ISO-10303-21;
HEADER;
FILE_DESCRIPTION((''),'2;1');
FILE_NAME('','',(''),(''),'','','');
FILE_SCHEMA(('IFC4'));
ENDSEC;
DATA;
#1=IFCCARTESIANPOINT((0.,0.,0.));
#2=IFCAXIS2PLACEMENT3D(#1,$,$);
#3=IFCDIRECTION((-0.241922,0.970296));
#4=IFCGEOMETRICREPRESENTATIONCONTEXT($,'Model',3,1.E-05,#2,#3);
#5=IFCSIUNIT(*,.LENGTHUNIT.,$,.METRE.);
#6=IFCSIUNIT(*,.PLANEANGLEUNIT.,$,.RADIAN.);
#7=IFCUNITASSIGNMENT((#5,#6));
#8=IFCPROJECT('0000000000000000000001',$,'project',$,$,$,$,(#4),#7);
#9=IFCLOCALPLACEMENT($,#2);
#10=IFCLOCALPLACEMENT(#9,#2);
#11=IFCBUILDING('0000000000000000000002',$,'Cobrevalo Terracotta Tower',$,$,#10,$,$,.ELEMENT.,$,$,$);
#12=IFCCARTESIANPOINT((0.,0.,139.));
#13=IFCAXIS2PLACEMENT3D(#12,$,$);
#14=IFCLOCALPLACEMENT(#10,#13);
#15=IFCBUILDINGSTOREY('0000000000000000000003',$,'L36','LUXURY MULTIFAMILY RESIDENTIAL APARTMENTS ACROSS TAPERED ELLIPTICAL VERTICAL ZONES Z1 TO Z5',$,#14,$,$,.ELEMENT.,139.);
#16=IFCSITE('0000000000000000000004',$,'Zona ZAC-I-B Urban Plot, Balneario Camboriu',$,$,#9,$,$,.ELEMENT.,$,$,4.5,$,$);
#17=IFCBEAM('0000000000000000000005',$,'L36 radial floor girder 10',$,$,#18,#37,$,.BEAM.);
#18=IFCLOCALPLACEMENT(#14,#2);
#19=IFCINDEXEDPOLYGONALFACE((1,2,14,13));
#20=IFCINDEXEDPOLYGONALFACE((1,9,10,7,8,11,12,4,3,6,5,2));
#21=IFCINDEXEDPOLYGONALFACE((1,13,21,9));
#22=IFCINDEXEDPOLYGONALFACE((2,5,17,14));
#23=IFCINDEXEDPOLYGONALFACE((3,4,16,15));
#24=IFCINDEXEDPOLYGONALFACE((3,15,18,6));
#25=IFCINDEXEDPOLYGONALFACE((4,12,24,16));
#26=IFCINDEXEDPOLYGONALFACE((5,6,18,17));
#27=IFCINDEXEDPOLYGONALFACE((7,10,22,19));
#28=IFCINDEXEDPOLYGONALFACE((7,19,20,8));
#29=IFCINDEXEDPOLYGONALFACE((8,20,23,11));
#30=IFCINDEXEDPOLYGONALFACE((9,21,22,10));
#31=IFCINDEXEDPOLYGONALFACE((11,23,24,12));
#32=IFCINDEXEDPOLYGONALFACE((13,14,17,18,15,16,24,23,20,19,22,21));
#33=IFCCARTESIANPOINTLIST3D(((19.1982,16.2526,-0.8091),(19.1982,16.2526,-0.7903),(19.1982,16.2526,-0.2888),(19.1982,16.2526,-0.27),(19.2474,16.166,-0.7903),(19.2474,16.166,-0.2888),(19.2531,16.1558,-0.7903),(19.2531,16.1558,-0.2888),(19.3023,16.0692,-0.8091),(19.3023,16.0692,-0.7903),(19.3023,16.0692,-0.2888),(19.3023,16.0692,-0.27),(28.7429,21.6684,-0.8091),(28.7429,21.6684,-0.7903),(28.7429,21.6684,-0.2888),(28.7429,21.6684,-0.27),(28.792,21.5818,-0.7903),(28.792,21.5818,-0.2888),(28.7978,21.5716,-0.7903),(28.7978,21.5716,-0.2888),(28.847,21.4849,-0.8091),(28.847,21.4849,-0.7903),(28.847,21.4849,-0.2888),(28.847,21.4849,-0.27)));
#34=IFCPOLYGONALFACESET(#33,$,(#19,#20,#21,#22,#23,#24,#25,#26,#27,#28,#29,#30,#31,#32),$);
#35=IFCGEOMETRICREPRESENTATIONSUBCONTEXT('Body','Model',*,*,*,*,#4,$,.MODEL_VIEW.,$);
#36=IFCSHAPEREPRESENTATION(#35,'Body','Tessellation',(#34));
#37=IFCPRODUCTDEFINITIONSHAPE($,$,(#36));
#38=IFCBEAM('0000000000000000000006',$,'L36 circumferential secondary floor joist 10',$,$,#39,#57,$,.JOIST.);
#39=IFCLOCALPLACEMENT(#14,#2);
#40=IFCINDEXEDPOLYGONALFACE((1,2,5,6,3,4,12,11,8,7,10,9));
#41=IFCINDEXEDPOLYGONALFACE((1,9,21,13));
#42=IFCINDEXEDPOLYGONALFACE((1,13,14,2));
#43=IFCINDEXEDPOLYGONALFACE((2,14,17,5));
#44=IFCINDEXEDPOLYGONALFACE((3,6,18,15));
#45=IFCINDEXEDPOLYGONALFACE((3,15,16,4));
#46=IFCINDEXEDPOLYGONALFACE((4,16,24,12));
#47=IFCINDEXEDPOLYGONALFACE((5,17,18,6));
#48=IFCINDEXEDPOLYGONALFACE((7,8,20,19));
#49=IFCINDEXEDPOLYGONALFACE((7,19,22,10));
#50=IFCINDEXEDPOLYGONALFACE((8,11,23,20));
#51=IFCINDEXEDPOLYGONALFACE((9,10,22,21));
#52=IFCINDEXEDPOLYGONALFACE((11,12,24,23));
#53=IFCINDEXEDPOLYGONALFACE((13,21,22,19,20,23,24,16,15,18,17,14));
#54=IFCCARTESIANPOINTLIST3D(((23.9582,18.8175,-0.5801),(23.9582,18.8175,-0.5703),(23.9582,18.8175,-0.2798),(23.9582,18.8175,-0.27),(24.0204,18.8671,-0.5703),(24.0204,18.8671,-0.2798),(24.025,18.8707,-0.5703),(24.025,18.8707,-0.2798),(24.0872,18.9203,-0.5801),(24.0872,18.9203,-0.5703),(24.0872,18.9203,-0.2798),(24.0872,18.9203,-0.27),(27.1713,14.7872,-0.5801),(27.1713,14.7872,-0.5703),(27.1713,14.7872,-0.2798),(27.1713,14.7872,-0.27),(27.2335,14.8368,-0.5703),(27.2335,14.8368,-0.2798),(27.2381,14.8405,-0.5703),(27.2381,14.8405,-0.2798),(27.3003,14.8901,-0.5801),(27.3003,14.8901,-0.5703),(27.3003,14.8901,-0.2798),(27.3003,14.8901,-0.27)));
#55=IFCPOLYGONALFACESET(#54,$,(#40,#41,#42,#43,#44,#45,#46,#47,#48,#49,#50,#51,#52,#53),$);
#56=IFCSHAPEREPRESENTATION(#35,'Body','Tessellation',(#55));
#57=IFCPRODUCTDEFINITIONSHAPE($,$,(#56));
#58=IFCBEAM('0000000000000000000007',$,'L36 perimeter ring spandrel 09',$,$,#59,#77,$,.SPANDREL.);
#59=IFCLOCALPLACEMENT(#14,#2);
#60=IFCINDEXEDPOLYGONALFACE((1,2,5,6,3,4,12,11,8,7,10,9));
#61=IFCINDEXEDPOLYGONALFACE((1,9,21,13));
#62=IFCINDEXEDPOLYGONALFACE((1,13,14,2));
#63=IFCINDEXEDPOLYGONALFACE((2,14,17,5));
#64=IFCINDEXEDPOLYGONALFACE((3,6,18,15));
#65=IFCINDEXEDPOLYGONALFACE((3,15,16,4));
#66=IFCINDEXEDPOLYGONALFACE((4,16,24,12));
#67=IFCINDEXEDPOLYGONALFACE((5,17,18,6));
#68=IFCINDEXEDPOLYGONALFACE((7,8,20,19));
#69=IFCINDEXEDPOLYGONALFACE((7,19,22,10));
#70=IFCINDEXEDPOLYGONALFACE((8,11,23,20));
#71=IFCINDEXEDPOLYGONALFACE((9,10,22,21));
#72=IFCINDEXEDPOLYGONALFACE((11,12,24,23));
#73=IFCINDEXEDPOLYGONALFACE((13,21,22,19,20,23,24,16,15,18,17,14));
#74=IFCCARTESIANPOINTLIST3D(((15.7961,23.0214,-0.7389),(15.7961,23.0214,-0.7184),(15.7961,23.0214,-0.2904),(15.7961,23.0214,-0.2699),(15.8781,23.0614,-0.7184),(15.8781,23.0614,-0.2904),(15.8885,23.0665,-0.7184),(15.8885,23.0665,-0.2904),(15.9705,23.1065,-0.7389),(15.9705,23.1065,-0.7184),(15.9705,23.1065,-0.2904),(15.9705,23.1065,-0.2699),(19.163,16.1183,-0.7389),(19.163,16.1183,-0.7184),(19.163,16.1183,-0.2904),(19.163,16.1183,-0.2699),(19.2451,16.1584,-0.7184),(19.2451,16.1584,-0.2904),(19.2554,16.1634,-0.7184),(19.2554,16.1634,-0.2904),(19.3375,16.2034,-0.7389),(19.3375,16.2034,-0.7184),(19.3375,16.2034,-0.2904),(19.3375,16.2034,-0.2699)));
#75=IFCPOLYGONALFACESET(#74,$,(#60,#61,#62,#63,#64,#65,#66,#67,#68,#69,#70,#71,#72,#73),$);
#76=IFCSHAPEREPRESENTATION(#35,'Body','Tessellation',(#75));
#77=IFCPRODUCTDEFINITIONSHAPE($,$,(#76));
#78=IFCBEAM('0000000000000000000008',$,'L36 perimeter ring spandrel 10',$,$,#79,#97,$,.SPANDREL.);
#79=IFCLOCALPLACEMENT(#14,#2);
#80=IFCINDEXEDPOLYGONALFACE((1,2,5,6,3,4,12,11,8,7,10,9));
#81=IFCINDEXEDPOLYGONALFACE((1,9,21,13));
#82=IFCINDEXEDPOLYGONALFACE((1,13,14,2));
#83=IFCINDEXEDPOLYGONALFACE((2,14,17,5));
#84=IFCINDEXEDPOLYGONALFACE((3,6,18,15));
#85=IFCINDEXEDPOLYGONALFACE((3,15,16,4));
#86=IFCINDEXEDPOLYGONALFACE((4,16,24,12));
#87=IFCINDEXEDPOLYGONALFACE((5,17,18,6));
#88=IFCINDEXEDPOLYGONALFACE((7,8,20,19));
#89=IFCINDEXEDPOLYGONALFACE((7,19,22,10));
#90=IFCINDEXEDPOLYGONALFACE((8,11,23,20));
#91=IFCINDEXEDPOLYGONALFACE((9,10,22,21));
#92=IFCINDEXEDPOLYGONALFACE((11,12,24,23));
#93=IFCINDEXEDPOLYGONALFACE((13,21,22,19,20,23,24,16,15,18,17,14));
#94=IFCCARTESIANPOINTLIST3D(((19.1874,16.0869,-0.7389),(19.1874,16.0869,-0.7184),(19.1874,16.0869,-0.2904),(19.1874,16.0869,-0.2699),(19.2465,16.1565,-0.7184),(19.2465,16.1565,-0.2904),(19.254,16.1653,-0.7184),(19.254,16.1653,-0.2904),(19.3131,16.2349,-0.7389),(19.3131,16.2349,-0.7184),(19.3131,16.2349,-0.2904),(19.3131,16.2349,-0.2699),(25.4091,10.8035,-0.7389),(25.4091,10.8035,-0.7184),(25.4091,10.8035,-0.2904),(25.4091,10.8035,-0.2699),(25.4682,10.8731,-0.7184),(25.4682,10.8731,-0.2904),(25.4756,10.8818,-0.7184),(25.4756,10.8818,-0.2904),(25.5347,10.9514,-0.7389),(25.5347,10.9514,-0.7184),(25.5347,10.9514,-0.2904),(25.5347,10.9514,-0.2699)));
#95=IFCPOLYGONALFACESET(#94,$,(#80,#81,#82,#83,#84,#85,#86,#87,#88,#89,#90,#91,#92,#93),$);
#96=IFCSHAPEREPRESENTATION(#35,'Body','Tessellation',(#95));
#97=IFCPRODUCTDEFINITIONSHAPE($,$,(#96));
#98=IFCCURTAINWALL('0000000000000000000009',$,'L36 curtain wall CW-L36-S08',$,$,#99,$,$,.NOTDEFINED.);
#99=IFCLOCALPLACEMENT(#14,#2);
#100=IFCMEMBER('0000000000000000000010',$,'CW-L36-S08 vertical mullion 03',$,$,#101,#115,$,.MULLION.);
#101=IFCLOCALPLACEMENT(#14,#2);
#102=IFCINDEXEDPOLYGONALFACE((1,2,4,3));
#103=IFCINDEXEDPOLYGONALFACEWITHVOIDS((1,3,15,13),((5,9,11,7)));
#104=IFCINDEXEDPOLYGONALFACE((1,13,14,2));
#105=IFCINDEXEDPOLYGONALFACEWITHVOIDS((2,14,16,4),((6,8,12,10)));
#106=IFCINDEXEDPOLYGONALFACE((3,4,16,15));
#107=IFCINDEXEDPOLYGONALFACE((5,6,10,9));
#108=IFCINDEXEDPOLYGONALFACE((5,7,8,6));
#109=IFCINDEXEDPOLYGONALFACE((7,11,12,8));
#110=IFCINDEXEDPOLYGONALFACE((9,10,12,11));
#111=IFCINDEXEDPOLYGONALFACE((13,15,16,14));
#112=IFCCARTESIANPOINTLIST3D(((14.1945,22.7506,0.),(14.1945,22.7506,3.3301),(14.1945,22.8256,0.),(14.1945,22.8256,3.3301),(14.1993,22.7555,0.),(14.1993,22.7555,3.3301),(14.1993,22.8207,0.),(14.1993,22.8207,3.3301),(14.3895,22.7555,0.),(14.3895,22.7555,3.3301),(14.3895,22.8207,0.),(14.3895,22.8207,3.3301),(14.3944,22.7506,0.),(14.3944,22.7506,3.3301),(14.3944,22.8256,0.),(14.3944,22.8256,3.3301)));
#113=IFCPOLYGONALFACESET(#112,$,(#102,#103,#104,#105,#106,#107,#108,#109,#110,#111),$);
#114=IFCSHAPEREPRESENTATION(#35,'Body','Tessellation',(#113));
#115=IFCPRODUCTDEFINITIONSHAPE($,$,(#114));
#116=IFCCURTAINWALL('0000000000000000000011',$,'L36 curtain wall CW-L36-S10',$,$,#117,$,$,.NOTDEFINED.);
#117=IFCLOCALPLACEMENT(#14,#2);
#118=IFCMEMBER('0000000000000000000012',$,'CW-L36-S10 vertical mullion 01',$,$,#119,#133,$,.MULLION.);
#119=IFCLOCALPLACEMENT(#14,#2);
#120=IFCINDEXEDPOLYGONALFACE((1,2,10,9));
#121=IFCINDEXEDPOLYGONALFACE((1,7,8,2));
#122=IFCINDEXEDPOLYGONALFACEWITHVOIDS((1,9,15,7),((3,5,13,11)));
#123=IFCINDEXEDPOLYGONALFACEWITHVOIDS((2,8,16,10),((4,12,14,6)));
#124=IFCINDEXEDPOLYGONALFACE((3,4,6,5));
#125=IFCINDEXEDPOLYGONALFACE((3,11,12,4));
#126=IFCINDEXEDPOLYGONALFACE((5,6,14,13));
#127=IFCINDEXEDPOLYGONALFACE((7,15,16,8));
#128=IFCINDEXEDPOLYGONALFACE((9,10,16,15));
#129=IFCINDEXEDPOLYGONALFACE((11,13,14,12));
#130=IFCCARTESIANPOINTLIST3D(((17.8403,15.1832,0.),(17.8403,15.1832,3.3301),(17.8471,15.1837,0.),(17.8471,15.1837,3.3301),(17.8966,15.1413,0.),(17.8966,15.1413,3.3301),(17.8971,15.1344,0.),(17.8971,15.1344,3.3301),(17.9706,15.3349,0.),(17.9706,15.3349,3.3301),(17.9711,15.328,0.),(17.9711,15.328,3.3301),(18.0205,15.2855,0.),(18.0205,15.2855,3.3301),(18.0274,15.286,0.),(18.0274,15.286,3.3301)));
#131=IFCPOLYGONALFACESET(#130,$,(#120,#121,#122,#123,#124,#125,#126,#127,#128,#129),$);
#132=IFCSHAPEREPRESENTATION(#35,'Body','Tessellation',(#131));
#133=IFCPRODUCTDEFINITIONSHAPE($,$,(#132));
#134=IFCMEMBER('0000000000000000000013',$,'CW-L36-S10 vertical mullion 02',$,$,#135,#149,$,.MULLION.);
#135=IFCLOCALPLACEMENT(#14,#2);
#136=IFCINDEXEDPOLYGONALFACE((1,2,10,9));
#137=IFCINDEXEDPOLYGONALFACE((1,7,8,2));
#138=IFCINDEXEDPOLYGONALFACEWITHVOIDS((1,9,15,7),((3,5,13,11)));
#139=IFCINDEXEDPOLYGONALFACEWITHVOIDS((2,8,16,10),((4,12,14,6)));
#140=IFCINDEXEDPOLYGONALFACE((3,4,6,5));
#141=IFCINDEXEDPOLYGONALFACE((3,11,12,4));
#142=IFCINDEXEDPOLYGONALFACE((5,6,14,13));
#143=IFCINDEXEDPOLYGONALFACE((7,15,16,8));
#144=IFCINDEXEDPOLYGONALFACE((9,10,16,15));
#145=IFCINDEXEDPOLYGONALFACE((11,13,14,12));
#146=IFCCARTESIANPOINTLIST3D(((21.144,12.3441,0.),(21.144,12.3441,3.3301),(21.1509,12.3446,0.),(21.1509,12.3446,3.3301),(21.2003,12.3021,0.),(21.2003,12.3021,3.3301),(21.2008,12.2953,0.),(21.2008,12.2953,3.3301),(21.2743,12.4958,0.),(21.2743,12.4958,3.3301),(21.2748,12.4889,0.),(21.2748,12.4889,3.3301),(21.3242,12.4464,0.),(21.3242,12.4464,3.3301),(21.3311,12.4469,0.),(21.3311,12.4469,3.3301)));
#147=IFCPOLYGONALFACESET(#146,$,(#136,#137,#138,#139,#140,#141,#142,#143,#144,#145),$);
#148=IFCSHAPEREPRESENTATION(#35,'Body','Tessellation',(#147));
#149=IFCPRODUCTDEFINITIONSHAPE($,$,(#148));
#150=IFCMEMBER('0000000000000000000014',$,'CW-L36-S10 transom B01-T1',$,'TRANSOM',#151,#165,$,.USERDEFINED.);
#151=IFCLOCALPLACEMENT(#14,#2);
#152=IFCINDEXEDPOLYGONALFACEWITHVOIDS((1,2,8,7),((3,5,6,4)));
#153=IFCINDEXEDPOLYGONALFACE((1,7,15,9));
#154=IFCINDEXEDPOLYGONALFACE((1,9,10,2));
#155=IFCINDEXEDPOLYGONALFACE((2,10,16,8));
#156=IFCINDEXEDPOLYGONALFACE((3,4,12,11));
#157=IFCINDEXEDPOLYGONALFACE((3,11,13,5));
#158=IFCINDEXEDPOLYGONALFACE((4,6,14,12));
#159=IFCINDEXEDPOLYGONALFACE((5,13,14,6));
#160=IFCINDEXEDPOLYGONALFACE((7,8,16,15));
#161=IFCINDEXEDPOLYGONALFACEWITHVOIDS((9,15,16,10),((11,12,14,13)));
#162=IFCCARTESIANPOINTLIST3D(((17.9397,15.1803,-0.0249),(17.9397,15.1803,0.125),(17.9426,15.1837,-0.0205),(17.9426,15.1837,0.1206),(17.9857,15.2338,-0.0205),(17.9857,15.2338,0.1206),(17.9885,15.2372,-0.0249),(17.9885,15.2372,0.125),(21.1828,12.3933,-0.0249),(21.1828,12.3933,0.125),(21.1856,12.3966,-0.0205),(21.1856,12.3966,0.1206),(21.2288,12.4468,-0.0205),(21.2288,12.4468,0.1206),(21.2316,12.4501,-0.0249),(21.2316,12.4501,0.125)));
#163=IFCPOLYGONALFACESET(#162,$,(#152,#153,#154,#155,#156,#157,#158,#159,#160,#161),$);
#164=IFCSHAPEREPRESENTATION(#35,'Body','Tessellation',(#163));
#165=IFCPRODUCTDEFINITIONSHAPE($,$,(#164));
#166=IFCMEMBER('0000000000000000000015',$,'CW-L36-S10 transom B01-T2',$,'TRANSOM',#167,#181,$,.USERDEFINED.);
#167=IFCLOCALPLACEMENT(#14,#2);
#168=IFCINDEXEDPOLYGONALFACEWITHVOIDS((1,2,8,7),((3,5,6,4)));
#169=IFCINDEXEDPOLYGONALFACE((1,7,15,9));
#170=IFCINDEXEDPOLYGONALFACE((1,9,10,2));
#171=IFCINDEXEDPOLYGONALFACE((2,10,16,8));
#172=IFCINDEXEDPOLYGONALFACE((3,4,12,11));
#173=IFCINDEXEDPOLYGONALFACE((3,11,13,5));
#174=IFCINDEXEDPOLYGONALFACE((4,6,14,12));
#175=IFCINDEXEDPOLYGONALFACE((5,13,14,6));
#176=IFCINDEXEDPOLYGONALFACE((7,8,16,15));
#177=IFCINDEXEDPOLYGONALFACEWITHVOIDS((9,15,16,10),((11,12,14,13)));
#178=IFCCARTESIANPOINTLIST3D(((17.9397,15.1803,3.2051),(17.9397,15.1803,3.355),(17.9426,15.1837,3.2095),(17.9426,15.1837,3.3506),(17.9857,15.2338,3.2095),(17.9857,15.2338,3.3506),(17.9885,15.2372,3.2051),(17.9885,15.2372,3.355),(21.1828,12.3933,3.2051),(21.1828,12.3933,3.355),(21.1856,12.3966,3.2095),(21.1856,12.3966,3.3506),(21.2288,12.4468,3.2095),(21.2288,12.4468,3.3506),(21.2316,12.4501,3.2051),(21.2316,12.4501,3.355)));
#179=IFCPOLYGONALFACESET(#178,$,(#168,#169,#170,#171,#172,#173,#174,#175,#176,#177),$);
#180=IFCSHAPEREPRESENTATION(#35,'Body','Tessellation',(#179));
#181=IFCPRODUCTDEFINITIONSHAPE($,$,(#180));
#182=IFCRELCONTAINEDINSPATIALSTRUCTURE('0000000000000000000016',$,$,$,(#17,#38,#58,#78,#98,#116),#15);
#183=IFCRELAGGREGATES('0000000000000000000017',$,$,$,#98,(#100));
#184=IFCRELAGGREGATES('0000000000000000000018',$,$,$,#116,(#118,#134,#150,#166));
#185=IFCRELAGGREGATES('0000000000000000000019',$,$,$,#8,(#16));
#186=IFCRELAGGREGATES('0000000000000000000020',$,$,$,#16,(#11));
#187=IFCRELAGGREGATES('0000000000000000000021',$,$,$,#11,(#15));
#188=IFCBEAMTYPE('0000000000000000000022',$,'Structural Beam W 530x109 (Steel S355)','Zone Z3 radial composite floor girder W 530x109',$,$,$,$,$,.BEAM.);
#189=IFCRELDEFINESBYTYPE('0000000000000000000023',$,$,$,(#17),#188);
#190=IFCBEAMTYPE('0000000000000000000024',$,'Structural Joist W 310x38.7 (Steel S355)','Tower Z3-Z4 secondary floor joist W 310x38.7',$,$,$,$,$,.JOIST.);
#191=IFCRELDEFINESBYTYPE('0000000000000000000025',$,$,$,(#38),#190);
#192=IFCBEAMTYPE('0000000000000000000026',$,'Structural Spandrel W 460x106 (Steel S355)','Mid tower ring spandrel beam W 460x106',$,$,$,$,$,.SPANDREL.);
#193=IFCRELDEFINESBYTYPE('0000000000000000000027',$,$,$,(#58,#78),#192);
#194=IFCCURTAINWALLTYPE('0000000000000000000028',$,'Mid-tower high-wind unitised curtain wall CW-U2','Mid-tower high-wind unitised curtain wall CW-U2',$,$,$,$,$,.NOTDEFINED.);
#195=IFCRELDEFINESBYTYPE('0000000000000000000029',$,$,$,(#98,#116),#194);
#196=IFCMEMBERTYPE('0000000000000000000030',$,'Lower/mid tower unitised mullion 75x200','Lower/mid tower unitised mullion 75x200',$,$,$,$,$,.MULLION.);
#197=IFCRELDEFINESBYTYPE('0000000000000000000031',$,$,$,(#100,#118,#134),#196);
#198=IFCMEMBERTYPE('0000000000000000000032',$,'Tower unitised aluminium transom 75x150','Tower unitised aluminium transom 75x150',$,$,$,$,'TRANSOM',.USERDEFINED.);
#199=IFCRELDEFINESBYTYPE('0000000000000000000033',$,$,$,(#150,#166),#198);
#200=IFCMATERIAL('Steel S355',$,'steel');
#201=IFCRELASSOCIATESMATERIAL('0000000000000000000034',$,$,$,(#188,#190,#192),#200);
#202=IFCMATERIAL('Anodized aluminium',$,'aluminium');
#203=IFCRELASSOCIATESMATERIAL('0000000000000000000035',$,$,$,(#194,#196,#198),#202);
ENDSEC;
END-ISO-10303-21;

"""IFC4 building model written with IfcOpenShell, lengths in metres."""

from ifc_helpers import new_model, si_unit, direction, frame, origin, origin_2d, place, context, subcontext, project, spatial, hollow_rectangle, i_section, extrude, source, transform, mapped, material, material_profile, profile_set, type_object, element, aggregate, save


model = new_model("IFC4")

# Units and contexts
model_context = context("Model", 3, precision=1e-05, world=origin(), true_north=direction((-0.241922, 0.970296)))
body_context = subcontext(model_context, "Body", "Model", "MODEL_VIEW")
ifc_project = project(units=[si_unit("LENGTHUNIT", "METRE"), si_unit("PLANEANGLEUNIT", "RADIAN")], contexts=[model_context])

# Site, building, storey
site_placement = place(None, origin())
site = spatial("IfcSite", under=ifc_project, at=site_placement, Name="Zona ZAC-I-B Urban Plot, Balneario Camboriu", CompositionType="ELEMENT", RefElevation=4.5)
building_placement = place(site_placement, origin())
building = spatial("IfcBuilding", under=site, at=building_placement, Name="Cobrevalo Terracotta Tower", CompositionType="ELEMENT")
storey_placement = place(building_placement, frame((0.0, 0.0, 139.0)))
storey = spatial("IfcBuildingStorey", under=building, at=storey_placement, Name="L36", Description="LUXURY MULTIFAMILY RESIDENTIAL APARTMENTS ACROSS TAPERED ELLIPTICAL VERTICAL ZONES Z1 TO Z5", CompositionType="ELEMENT", Elevation=139.0)

# Shared definitions
ifc_material_1 = material(Name="Steel S355", Category="steel")

# Beams
ifc_material_profile_1 = material_profile(ifc_material_1, i_section(OverallWidth=0.2109, OverallDepth=0.5391, WebThickness=0.0117, FlangeThickness=0.0188, at=origin_2d()), Name="W 530x109")
ifc_profile_set_1 = profile_set([ifc_material_profile_1], Name="Steel S355")
beam_type_1 = type_object("IfcBeamType", Name="Structural Beam W 530x109 (Steel S355)", Description="Zone Z3 radial composite floor girder W 530x109", PredefinedType="BEAM", material=ifc_profile_set_1)
beam_1_placement = place(storey_placement, frame((19.2502, 16.1609, -0.5396), z_axis=(0.869744, 0.493504, 0.0), x_axis=(-0.493504, 0.869744, 0.0)))
element("IfcBeam", 1, at=beam_1_placement, inside=storey, type_object=beam_type_1, Name="L36 radial floor girder 10", PredefinedType="BEAM", context=body_context, shape_type="SweptSolid", body=[
    extrude(i_section(OverallWidth=0.2109, OverallDepth=0.5391, WebThickness=0.0117, FlangeThickness=0.0188, at=origin_2d()), origin(), (0.0, 0.0, 1.0), 10.9741),
])
ifc_material_profile_2 = material_profile(ifc_material_1, i_section(OverallWidth=0.165, OverallDepth=0.3101, WebThickness=0.0059, FlangeThickness=0.0098, at=origin_2d()), Name="W 310x38.7")
ifc_profile_set_2 = profile_set([ifc_material_profile_2], Name="Steel S355")
beam_type_2 = type_object("IfcBeamType", Name="Structural Joist W 310x38.7 (Steel S355)", Description="Tower Z3-Z4 secondary floor joist W 310x38.7", PredefinedType="JOIST", material=ifc_profile_set_2)
beam_2_placement = place(storey_placement, frame((24.0227, 18.8689, -0.425), z_axis=(0.623383, -0.781917, 0.0), x_axis=(0.781917, 0.623383, 0.0)))
element("IfcBeam", 2, at=beam_2_placement, inside=storey, type_object=beam_type_2, Name="L36 circumferential secondary floor joist 10", PredefinedType="JOIST", context=body_context, shape_type="SweptSolid", body=[
    extrude(i_section(OverallWidth=0.165, OverallDepth=0.3101, WebThickness=0.0059, FlangeThickness=0.0098, at=origin_2d()), origin(), (0.0, 0.0, 1.0), 5.1543),
])
ifc_material_profile_3 = material_profile(ifc_material_1, i_section(OverallWidth=0.1941, OverallDepth=0.469, WebThickness=0.0115, FlangeThickness=0.0205, at=origin_2d()), Name="W 460x106")
ifc_profile_set_3 = profile_set([ifc_material_profile_3], Name="Steel S355")
beam_type_3 = type_object("IfcBeamType", Name="Structural Spandrel W 460x106 (Steel S355)", Description="Mid tower ring spandrel beam W 460x106", PredefinedType="SPANDREL", material=ifc_profile_set_3)
beam_3_placement = place(storey_placement, frame((15.8833, 23.064, -0.5044), z_axis=(0.43838, -0.89879, 0.0), x_axis=(0.89879, 0.43838, 0.0)))
element("IfcBeam", 3, at=beam_3_placement, inside=storey, type_object=beam_type_3, Name="L36 perimeter ring spandrel 09", PredefinedType="SPANDREL", context=body_context, shape_type="SweptSolid", body=[
    extrude(i_section(OverallWidth=0.1941, OverallDepth=0.469, WebThickness=0.0115, FlangeThickness=0.0205, at=origin_2d()), origin(), (0.0, 0.0, 1.0), 7.6804),
])
beam_4_placement = place(storey_placement, frame((19.2502, 16.1609, -0.5044), z_axis=(0.76224, -0.647294, 0.0), x_axis=(0.647294, 0.76224, 0.0)))
element("IfcBeam", 4, at=beam_4_placement, inside=storey, type_object=beam_type_3, Name="L36 perimeter ring spandrel 10", PredefinedType="SPANDREL", context=body_context, shape_type="SweptSolid", body=[
    extrude(i_section(OverallWidth=0.1941, OverallDepth=0.469, WebThickness=0.0115, FlangeThickness=0.0205, at=origin_2d()), origin(), (0.0, 0.0, 1.0), 8.1624),
])

# Curtain wall, member
ifc_material_2 = material(Name="Anodized aluminium", Category="aluminium")
curtain_wall_type = type_object("IfcCurtainWallType", Name="Mid-tower high-wind unitised curtain wall CW-U2", Description="Mid-tower high-wind unitised curtain wall CW-U2", PredefinedType="NOTDEFINED", material=ifc_material_2)
curtain_wall_1_placement = place(storey_placement, origin())
curtain_wall_1 = element("IfcCurtainWall", 5, at=curtain_wall_1_placement, inside=storey, type_object=curtain_wall_type, Name="L36 curtain wall CW-L36-S08", PredefinedType="NOTDEFINED")
ifc_material_profile_4 = material_profile(ifc_material_2, hollow_rectangle(XDim=0.075, YDim=0.2, WallThickness=0.0049, at=origin_2d()), Name="CWM 75x200")
ifc_profile_set_4 = profile_set([ifc_material_profile_4], Name="Anodized aluminium")
member_type_1 = type_object("IfcMemberType", Name="Lower/mid tower unitised mullion 75x200", Description="Lower/mid tower unitised mullion 75x200", PredefinedType="MULLION", material=ifc_profile_set_4)
shared_shape_1 = source(origin(), body_context, "Body", "SweptSolid", [
    extrude(hollow_rectangle(XDim=0.075, YDim=0.2, WallThickness=0.0049, at=origin_2d()), origin(), (0.0, 0.0, 1.0), 3.3301),
])
member_1_placement = place(storey_placement, frame((14.2944, 22.7881, 0.0), z_axis=(0.0, 0.0, 1.0), x_axis=(0.0, -1.0, 0.0)))
member_1 = element("IfcMember", 6, at=member_1_placement, type_object=member_type_1, Name="CW-L36-S08 vertical mullion 03", PredefinedType="MULLION", context=body_context, shape_type="MappedRepresentation", body=[
    mapped(shared_shape_1, transform((0.0, 0.0, 0.0), scale=1.0)),
])
aggregate(curtain_wall_1, [member_1])

# Curtain wall, members
curtain_wall_2_placement = place(storey_placement, origin())
curtain_wall_2 = element("IfcCurtainWall", 7, at=curtain_wall_2_placement, inside=storey, type_object=curtain_wall_type, Name="L36 curtain wall CW-L36-S10", PredefinedType="NOTDEFINED")
member_2_placement = place(storey_placement, frame((17.9338, 15.2346, 0.0), z_axis=(0.0, 0.0, 1.0), x_axis=(0.758442, -0.651741, 0.0)))
member_2 = element("IfcMember", 8, at=member_2_placement, type_object=member_type_1, Name="CW-L36-S10 vertical mullion 01", PredefinedType="MULLION", context=body_context, shape_type="MappedRepresentation", body=[
    mapped(shared_shape_1, transform((0.0, 0.0, 0.0), scale=1.0)),
])
member_3_placement = place(storey_placement, frame((21.2375, 12.3955, 0.0), z_axis=(0.0, 0.0, 1.0), x_axis=(0.758442, -0.651741, 0.0)))
member_3 = element("IfcMember", 9, at=member_3_placement, type_object=member_type_1, Name="CW-L36-S10 vertical mullion 02", PredefinedType="MULLION", context=body_context, shape_type="MappedRepresentation", body=[
    mapped(shared_shape_1, transform((0.0, 0.0, 0.0), scale=1.0)),
])
ifc_material_profile_5 = material_profile(ifc_material_2, hollow_rectangle(XDim=0.075, YDim=0.1499, WallThickness=0.0044, at=origin_2d()), Name="CWT 75x150")
ifc_profile_set_5 = profile_set([ifc_material_profile_5], Name="Anodized aluminium")
member_type_2 = type_object("IfcMemberType", Name="Tower unitised aluminium transom 75x150", Description="Tower unitised aluminium transom 75x150", ElementType="TRANSOM", PredefinedType="USERDEFINED", material=ifc_profile_set_5)
shared_shape_2 = source(origin(), body_context, "Body", "SweptSolid", [
    extrude(hollow_rectangle(XDim=0.075, YDim=0.1499, WallThickness=0.0044, at=origin_2d()), origin(), (0.0, 0.0, 1.0), 4.2761),
])
member_4_placement = place(storey_placement, frame((17.9641, 15.2087, 0.05), z_axis=(0.758418, -0.651769, 0.0), x_axis=(0.651769, 0.758418, 0.0)))
member_4 = element("IfcMember", 10, at=member_4_placement, type_object=member_type_2, Name="CW-L36-S10 transom B01-T1", ObjectType="TRANSOM", PredefinedType="USERDEFINED", context=body_context, shape_type="MappedRepresentation", body=[
    mapped(shared_shape_2, transform((0.0, 0.0, 0.0), scale=1.0)),
])
member_5_placement = place(storey_placement, frame((17.9641, 15.2087, 3.28), z_axis=(0.758418, -0.651769, 0.0), x_axis=(0.651769, 0.758418, 0.0)))
member_5 = element("IfcMember", 11, at=member_5_placement, type_object=member_type_2, Name="CW-L36-S10 transom B01-T2", ObjectType="TRANSOM", PredefinedType="USERDEFINED", context=body_context, shape_type="MappedRepresentation", body=[
    mapped(shared_shape_2, transform((0.0, 0.0, 0.0), scale=1.0)),
])
aggregate(curtain_wall_2, [member_2, member_3, member_4, member_5])

save(model, "model.ifc")
